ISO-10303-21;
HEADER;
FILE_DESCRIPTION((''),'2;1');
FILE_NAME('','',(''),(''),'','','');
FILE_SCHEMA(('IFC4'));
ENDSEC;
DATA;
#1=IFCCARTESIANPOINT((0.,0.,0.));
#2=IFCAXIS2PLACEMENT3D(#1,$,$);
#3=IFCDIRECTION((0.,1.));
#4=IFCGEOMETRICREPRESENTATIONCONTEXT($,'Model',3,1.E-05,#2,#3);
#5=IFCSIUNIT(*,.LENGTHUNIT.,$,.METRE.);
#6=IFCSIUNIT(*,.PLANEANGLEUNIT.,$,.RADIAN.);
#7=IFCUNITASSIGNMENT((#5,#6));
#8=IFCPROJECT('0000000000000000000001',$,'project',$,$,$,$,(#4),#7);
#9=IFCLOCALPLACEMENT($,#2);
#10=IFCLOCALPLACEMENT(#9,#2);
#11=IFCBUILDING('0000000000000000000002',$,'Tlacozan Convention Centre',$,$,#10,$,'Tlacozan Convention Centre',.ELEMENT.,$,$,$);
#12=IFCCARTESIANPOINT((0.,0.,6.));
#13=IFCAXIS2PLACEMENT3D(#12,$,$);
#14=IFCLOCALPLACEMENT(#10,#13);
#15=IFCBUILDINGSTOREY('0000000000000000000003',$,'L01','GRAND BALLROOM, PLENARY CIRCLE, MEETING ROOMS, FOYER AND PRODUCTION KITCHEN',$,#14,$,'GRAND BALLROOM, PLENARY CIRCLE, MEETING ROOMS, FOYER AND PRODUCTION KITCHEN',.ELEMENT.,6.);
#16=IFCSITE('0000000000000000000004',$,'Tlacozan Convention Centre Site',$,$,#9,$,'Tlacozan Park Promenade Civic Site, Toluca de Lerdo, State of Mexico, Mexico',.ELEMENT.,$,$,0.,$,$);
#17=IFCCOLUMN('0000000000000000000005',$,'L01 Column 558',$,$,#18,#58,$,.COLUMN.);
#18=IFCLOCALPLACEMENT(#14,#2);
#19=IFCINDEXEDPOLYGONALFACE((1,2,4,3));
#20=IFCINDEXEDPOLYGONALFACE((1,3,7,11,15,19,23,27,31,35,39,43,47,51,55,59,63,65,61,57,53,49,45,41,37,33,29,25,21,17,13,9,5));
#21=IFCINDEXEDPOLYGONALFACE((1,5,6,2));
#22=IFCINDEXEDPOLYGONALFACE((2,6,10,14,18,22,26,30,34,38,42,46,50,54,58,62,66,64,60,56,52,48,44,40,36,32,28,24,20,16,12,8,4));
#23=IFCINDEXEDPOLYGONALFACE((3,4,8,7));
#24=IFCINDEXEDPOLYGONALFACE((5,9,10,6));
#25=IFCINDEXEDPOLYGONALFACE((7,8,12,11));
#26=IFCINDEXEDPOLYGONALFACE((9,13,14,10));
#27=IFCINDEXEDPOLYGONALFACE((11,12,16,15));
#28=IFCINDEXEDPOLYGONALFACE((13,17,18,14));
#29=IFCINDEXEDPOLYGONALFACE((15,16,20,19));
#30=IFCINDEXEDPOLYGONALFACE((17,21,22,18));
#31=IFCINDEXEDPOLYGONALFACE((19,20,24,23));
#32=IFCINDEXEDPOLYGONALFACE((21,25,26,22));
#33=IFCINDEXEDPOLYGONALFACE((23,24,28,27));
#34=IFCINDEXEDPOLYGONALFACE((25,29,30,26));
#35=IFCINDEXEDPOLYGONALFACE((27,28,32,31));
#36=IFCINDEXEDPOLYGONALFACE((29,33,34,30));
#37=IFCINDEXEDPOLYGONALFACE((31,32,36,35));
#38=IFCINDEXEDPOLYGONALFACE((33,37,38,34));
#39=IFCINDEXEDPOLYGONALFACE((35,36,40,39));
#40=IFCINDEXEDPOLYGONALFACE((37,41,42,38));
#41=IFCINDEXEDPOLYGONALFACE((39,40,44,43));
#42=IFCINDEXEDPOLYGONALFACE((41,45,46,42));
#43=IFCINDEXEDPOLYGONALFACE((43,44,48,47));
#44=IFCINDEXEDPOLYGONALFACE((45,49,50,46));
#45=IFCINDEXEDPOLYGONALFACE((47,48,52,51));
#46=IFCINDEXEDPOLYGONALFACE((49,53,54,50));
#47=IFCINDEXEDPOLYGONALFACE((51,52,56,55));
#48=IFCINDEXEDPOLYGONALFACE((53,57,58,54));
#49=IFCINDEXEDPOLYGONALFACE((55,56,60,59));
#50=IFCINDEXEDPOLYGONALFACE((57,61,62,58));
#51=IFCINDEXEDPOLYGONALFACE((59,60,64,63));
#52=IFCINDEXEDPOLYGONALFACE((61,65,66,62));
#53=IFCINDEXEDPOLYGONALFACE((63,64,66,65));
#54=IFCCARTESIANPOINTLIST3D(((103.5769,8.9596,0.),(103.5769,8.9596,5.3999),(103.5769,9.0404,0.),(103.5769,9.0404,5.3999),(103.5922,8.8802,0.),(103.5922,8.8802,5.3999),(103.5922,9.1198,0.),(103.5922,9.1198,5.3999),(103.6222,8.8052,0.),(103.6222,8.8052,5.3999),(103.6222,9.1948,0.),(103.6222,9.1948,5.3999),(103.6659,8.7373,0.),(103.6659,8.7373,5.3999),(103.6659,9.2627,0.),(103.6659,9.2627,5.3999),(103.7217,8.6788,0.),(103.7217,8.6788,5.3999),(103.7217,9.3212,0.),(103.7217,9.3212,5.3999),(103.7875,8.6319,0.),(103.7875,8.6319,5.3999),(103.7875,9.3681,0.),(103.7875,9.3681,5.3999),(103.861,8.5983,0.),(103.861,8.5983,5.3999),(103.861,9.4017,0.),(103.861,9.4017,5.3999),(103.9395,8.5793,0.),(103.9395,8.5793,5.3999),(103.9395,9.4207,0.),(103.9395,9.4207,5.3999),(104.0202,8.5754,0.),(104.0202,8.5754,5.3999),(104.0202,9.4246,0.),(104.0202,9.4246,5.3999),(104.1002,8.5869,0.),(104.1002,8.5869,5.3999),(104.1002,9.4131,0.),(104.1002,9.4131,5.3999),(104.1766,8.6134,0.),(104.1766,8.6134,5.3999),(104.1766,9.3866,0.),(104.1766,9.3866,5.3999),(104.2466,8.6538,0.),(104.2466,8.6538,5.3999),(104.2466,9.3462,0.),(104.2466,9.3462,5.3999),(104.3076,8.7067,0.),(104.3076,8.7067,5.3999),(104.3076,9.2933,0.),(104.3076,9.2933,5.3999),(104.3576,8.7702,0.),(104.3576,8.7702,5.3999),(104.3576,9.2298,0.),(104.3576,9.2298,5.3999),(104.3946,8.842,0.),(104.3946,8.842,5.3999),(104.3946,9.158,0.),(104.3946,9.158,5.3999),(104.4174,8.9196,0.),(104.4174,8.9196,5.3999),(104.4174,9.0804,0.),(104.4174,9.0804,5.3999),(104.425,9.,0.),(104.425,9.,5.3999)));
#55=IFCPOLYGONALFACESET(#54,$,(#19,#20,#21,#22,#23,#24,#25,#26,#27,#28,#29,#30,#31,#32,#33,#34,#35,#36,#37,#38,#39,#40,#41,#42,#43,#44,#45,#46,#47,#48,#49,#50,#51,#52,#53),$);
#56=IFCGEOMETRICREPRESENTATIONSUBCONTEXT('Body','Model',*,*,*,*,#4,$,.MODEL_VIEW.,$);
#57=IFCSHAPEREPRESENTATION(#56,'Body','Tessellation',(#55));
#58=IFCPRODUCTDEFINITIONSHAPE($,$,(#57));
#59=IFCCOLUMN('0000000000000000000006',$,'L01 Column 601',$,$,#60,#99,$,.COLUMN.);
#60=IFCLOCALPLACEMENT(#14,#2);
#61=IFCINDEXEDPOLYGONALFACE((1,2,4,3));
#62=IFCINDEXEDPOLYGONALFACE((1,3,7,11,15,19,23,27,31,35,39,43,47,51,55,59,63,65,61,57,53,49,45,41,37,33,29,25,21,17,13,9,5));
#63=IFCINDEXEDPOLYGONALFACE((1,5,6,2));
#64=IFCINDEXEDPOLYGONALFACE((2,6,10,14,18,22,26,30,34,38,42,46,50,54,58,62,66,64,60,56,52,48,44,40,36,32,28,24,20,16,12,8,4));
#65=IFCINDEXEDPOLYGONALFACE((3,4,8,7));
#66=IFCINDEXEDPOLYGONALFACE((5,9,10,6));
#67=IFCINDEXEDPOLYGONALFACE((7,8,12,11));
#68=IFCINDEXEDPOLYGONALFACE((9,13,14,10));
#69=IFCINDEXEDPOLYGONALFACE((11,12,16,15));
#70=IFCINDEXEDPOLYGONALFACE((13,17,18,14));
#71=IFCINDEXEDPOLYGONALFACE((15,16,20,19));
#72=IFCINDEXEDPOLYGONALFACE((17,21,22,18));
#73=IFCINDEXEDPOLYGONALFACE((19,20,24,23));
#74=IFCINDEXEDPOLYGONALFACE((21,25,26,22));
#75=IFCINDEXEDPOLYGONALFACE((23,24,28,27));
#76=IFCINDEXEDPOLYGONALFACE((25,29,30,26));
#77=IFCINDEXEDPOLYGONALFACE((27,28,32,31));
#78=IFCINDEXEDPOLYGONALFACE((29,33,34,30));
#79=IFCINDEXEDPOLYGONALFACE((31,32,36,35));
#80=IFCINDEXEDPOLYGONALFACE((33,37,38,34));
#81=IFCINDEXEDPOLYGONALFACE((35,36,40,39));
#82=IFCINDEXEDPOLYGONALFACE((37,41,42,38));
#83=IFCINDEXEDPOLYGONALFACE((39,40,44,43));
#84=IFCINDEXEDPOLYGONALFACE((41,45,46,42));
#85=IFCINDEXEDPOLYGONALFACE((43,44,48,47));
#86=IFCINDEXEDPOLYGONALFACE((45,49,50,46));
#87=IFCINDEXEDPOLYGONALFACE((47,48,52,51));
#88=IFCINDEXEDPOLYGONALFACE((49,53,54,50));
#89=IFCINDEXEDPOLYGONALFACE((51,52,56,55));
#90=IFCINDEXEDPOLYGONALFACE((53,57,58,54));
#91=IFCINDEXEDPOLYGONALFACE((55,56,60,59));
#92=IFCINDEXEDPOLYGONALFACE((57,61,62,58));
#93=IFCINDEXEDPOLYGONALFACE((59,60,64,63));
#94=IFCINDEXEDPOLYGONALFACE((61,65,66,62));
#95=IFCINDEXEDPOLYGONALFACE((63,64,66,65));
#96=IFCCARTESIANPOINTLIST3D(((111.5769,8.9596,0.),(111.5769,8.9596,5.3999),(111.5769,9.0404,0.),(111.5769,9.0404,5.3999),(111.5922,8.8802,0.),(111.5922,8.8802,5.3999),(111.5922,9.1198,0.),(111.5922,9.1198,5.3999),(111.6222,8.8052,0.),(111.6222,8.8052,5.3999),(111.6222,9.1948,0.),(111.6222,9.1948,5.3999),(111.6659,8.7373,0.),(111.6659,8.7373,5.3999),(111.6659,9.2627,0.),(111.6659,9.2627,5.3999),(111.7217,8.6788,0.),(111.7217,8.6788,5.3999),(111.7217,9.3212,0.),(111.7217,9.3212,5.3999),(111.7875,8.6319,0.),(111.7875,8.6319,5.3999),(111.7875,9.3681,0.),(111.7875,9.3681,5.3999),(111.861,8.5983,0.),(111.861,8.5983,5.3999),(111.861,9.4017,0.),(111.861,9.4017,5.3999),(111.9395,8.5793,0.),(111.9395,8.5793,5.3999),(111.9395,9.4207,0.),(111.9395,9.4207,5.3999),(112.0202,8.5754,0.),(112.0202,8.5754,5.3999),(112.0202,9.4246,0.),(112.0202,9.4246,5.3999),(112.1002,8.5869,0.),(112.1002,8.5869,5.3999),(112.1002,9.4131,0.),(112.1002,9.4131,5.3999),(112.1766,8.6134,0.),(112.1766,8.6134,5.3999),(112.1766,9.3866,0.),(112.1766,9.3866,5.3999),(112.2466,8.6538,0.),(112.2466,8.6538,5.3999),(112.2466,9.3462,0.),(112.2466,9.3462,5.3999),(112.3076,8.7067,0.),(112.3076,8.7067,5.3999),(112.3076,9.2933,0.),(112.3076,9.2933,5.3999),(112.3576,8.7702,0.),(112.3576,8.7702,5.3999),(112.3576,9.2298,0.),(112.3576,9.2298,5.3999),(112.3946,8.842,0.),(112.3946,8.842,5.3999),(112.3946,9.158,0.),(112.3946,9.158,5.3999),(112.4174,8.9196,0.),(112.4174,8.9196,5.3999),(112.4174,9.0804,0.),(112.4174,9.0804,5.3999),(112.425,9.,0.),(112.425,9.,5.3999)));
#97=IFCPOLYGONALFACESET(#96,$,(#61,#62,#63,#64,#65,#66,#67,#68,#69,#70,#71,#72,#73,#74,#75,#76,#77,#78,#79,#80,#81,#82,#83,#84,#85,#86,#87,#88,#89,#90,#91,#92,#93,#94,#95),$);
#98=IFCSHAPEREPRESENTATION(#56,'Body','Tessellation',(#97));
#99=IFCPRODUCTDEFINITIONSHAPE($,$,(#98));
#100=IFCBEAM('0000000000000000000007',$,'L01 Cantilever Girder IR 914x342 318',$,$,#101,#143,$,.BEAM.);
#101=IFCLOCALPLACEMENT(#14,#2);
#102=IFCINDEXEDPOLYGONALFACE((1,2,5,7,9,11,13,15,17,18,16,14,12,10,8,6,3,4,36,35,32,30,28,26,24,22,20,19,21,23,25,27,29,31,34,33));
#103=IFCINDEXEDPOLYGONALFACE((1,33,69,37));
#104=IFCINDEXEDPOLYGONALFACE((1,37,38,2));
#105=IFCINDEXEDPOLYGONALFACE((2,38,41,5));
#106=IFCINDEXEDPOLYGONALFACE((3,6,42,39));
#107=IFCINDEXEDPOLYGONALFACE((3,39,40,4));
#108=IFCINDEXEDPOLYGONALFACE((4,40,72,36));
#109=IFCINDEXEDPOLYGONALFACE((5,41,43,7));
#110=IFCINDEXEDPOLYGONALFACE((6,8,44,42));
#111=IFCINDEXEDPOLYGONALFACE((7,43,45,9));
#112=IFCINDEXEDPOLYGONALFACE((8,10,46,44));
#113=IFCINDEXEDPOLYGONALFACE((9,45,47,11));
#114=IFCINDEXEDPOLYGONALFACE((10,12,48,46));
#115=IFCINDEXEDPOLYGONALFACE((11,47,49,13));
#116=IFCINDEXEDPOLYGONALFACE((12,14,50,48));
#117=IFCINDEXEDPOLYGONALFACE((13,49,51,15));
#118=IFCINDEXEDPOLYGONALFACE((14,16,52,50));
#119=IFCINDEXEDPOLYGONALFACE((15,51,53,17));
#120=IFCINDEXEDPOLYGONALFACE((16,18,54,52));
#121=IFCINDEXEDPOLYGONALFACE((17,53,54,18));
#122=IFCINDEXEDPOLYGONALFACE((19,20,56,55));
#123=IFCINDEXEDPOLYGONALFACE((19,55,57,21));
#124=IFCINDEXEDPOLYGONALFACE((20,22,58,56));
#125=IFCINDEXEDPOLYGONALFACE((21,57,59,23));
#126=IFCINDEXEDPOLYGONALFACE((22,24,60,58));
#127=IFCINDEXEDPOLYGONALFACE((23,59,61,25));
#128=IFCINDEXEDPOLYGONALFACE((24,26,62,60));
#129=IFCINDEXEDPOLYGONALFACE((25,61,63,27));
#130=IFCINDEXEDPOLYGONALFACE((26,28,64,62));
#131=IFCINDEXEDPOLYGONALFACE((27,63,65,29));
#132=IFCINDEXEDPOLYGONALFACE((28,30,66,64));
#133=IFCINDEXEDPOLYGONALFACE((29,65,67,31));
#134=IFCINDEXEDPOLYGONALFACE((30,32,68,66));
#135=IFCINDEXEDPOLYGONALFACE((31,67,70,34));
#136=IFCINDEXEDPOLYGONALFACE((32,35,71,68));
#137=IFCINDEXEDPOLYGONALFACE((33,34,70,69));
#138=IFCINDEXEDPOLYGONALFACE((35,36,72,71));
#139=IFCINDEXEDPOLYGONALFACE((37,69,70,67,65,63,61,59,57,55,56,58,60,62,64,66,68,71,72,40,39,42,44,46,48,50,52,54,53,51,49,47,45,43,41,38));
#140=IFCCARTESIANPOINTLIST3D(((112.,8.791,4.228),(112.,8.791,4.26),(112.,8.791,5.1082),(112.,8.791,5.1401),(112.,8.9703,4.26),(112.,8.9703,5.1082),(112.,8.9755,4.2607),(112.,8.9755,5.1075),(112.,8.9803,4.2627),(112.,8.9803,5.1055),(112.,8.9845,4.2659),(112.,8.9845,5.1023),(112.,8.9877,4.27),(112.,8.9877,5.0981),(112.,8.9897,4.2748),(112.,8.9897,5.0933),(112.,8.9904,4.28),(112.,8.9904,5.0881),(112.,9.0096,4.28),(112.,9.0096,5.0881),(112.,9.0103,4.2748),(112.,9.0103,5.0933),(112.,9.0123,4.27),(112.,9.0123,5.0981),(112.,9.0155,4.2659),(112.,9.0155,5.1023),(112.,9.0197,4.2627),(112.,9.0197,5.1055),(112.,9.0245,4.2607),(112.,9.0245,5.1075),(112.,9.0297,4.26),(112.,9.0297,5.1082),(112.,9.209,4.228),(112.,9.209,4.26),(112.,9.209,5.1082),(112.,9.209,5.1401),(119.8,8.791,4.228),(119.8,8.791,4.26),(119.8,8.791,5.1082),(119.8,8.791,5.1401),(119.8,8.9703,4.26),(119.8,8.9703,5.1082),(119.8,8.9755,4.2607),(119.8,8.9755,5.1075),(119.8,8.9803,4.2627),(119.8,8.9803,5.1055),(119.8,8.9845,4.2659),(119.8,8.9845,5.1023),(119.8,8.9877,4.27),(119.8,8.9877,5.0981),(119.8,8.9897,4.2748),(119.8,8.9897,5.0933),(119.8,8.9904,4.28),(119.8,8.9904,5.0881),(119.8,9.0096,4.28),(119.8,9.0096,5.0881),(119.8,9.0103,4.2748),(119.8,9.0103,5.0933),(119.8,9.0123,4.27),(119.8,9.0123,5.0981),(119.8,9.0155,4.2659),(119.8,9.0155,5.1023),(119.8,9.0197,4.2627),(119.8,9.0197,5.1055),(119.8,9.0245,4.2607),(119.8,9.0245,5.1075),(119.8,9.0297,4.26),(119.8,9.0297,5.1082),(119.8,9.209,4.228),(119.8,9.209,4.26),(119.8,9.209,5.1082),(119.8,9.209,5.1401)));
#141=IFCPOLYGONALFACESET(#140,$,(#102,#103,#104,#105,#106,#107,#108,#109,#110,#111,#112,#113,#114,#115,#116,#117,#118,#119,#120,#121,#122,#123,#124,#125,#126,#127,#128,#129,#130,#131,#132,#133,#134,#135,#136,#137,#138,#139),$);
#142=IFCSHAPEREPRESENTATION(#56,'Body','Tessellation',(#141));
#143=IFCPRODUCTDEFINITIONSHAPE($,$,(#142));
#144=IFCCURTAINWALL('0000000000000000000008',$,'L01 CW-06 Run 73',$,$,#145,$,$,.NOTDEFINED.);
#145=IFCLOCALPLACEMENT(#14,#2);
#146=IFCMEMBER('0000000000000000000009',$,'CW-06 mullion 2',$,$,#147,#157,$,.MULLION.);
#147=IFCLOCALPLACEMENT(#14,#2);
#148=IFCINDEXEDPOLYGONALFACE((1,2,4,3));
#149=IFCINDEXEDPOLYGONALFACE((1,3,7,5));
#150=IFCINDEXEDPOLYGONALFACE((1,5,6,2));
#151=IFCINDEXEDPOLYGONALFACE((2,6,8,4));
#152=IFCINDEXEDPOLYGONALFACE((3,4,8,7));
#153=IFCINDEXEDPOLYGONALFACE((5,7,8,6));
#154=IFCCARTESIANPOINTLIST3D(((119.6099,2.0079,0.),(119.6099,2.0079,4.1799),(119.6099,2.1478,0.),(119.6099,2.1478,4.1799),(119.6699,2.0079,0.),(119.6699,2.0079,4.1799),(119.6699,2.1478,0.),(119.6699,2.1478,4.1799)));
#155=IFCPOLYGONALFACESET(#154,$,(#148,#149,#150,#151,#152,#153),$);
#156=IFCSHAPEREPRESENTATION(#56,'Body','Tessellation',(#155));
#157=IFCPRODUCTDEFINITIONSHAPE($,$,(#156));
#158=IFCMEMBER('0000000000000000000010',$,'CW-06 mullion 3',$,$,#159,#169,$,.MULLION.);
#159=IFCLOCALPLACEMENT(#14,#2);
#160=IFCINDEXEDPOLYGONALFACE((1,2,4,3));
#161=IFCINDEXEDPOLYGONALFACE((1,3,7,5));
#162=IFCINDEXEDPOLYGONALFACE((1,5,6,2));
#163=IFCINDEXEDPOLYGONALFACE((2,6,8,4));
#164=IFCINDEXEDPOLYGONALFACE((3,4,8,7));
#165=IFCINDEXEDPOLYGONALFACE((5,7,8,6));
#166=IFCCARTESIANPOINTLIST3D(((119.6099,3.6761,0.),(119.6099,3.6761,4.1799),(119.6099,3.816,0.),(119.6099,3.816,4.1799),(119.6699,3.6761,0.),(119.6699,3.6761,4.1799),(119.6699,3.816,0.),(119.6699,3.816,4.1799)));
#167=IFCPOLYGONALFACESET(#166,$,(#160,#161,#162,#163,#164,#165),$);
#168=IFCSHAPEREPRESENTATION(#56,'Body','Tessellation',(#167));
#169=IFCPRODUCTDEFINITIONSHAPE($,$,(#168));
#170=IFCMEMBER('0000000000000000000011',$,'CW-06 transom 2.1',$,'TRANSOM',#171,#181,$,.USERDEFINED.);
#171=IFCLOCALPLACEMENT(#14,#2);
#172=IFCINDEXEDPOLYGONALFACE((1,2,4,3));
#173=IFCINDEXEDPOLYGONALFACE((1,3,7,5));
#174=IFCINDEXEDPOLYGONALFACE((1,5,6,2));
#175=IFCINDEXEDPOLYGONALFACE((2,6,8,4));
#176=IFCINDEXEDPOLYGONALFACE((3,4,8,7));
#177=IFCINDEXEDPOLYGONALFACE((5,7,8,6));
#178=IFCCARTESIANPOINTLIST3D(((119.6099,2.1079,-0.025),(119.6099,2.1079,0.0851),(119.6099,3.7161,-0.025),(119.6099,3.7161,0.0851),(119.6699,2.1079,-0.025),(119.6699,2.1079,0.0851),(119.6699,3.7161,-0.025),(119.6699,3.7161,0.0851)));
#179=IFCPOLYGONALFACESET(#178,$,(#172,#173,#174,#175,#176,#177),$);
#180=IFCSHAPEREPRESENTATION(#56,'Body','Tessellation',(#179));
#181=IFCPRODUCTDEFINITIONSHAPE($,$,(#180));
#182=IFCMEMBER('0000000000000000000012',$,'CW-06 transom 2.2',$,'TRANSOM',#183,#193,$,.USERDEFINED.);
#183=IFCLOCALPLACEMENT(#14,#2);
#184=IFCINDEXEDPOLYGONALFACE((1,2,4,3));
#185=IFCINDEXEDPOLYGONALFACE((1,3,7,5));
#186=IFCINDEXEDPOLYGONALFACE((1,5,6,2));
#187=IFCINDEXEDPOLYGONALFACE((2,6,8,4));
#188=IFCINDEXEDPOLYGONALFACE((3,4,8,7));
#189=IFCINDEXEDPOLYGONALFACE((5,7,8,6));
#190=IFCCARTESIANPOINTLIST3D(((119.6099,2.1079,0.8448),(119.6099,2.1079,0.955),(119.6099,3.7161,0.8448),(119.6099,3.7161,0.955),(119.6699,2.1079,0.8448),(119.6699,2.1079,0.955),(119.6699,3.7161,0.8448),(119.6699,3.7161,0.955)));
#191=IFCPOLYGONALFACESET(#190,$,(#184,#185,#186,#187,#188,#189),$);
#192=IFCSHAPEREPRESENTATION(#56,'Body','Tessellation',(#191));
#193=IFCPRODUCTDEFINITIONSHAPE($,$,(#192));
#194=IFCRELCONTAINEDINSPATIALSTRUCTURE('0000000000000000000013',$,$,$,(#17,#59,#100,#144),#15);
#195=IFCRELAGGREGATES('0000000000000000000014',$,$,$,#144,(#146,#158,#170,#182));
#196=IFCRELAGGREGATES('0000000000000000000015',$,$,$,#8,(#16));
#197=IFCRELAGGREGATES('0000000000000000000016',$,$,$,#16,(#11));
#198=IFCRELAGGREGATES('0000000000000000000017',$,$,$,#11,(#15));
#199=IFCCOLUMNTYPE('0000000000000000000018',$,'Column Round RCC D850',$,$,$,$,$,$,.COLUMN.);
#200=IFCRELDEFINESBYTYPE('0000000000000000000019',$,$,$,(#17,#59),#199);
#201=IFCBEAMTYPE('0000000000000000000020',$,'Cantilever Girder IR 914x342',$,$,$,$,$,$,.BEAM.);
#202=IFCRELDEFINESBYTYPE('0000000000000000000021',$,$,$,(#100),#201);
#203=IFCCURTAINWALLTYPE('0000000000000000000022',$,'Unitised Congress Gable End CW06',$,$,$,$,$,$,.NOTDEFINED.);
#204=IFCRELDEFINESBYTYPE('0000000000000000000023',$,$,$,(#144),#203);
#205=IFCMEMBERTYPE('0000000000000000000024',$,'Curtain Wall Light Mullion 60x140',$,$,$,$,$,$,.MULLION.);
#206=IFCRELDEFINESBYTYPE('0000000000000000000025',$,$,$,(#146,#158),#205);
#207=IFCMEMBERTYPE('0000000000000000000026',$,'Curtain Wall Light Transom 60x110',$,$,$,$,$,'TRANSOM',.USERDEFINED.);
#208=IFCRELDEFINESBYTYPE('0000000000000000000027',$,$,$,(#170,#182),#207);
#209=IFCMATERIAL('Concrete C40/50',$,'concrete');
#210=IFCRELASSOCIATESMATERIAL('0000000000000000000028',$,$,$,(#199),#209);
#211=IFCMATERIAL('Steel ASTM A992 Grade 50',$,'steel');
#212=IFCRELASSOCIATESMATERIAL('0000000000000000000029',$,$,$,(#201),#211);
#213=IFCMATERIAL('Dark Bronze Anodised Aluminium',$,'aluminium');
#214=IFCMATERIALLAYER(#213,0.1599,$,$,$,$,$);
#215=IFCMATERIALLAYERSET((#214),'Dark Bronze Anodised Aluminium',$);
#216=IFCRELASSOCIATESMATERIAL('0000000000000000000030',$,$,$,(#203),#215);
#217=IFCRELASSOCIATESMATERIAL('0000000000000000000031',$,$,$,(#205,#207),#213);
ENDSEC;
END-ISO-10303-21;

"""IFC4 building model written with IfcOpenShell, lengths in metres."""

from ifc_helpers import new_model, si_unit, direction, frame, origin, origin_2d, place, context, subcontext, project, spatial, rectangle, circle, i_section, extrude, material, layer, layer_set, material_profile, profile_set, type_object, element, aggregate, save


model = new_model("IFC4")

# Units and contexts
model_context = context("Model", 3, precision=1e-05, world=origin(), true_north=direction((0.0, 1.0)))
body_context = subcontext(model_context, "Body", "Model", "MODEL_VIEW")
ifc_project = project(units=[si_unit("LENGTHUNIT", "METRE"), si_unit("PLANEANGLEUNIT", "RADIAN")], contexts=[model_context])

# Site, building, storey
site_placement = place(None, origin())
site = spatial("IfcSite", under=ifc_project, at=site_placement, Name="Tlacozan Convention Centre Site", LongName="Tlacozan Park Promenade Civic Site, Toluca de Lerdo, State of Mexico, Mexico", CompositionType="ELEMENT", RefElevation=0.0)
building_placement = place(site_placement, origin())
building = spatial("IfcBuilding", under=site, at=building_placement, Name="Tlacozan Convention Centre", LongName="Tlacozan Convention Centre", CompositionType="ELEMENT")
storey_placement = place(building_placement, frame((0.0, 0.0, 6.0)))
storey = spatial("IfcBuildingStorey", under=building, at=storey_placement, Name="L01", Description="GRAND BALLROOM, PLENARY CIRCLE, MEETING ROOMS, FOYER AND PRODUCTION KITCHEN", LongName="GRAND BALLROOM, PLENARY CIRCLE, MEETING ROOMS, FOYER AND PRODUCTION KITCHEN", CompositionType="ELEMENT", Elevation=6.0)

# Columns
ifc_material_1 = material(Name="Concrete C40/50", Category="concrete")
ifc_material_profile_1 = material_profile(ifc_material_1, circle(Radius=0.425, at=origin_2d()), Name="RCC D850")
ifc_profile_set_1 = profile_set([ifc_material_profile_1], Name="Concrete C40/50")
column_type = type_object("IfcColumnType", Name="Column Round RCC D850", PredefinedType="COLUMN", material=ifc_profile_set_1)
for number, where, z_axis, x_axis, name in (
    (1, (104.0, 9.0, 0.0), (0.0, 0.0, 1.0), (1.0, 0.0, 0.0), "L01 Column 558"),
    (2, (112.0, 9.0, 0.0), (0.0, 0.0, 1.0), (1.0, 0.0, 0.0), "L01 Column 601"),
):
    element("IfcColumn", number, at=place(storey_placement, frame(where, z_axis=z_axis, x_axis=x_axis)), inside=storey, type_object=column_type, Name=name, PredefinedType="COLUMN", context=body_context, shape_type="SweptSolid", body=[
        extrude(circle(Radius=0.425, at=origin_2d()), origin(), (0.0, 0.0, 1.0), 5.3999),
    ])

# Beam
ifc_material_2 = material(Name="Steel ASTM A992 Grade 50", Category="steel")
ifc_material_profile_2 = material_profile(ifc_material_2, i_section(OverallWidth=0.418, OverallDepth=0.9121, WebThickness=0.0193, FlangeThickness=0.032, FilletRadius=0.02, at=origin_2d()), Name="IR 914x342.0")
ifc_profile_set_2 = profile_set([ifc_material_profile_2], Name="Steel ASTM A992 Grade 50")
beam_type_1 = type_object("IfcBeamType", Name="Cantilever Girder IR 914x342", PredefinedType="BEAM", material=ifc_profile_set_2)
beam_1_placement = place(storey_placement, frame((112.0, 9.0, 4.6841), z_axis=(1.0, 0.0, 0.0), x_axis=(0.0, 1.0, 0.0)))
element("IfcBeam", 3, at=beam_1_placement, inside=storey, type_object=beam_type_1, Name="L01 Cantilever Girder IR 914x342 318", PredefinedType="BEAM", context=body_context, shape_type="SweptSolid", body=[
    extrude(i_section(OverallWidth=0.418, OverallDepth=0.9121, WebThickness=0.0193, FlangeThickness=0.032, FilletRadius=0.02, at=origin_2d()), origin(), (0.0, 0.0, 1.0), 7.8),
])

# Curtain wall, members
ifc_material_3 = material(Name="Dark Bronze Anodised Aluminium", Category="aluminium")
ifc_layer_1 = layer(ifc_material_3, 0.1599)
ifc_layer_set_1 = layer_set([ifc_layer_1], Name="Dark Bronze Anodised Aluminium")
curtain_wall_type = type_object("IfcCurtainWallType", Name="Unitised Congress Gable End CW06", PredefinedType="NOTDEFINED", material=ifc_layer_set_1)
curtain_wall_placement = place(storey_placement, origin())
curtain_wall = element("IfcCurtainWall", 4, at=curtain_wall_placement, inside=storey, type_object=curtain_wall_type, Name="L01 CW-06 Run 73", PredefinedType="NOTDEFINED")
ifc_material_profile_3 = material_profile(ifc_material_3, rectangle(XDim=0.0601, YDim=0.1399, at=origin_2d()), Name="ALU 60x140")
ifc_profile_set_3 = profile_set([ifc_material_profile_3], Name="Dark Bronze Anodised Aluminium")
member_type_1 = type_object("IfcMemberType", Name="Curtain Wall Light Mullion 60x140", PredefinedType="MULLION", material=ifc_profile_set_3)
member_1_placement = place(storey_placement, frame((119.6399, 2.0779, 0.0), z_axis=(0.0, 0.0, 1.0), x_axis=(-1.0, 0.0, 0.0)))
member_1 = element("IfcMember", 5, at=member_1_placement, type_object=member_type_1, Name="CW-06 mullion 2", PredefinedType="MULLION", context=body_context, shape_type="SweptSolid", body=[
    extrude(rectangle(XDim=0.0601, YDim=0.1399, at=origin_2d()), origin(), (0.0, 0.0, 1.0), 4.1799),
])
member_2_placement = place(storey_placement, frame((119.6399, 3.7461, 0.0), z_axis=(0.0, 0.0, 1.0), x_axis=(-1.0, 0.0, 0.0)))
member_2 = element("IfcMember", 6, at=member_2_placement, type_object=member_type_1, Name="CW-06 mullion 3", PredefinedType="MULLION", context=body_context, shape_type="SweptSolid", body=[
    extrude(rectangle(XDim=0.0601, YDim=0.1399, at=origin_2d()), origin(), (0.0, 0.0, 1.0), 4.1799),
])
ifc_material_profile_4 = material_profile(ifc_material_3, rectangle(XDim=0.0601, YDim=0.1101, at=origin_2d()), Name="ALU 60x110")
ifc_profile_set_4 = profile_set([ifc_material_profile_4], Name="Dark Bronze Anodised Aluminium")
member_type_2 = type_object("IfcMemberType", Name="Curtain Wall Light Transom 60x110", ElementType="TRANSOM", PredefinedType="USERDEFINED", material=ifc_profile_set_4)
member_3_placement = place(storey_placement, frame((119.6399, 2.1079, 0.03), z_axis=(0.0, 1.0, 0.0), x_axis=(-1.0, 0.0, 0.0)))
member_3 = element("IfcMember", 7, at=member_3_placement, type_object=member_type_2, Name="CW-06 transom 2.1", ObjectType="TRANSOM", PredefinedType="USERDEFINED", context=body_context, shape_type="SweptSolid", body=[
    extrude(rectangle(XDim=0.0601, YDim=0.1101, at=origin_2d()), origin(), (0.0, 0.0, 1.0), 1.6082),
])
member_4_placement = place(storey_placement, frame((119.6399, 2.1079, 0.8999), z_axis=(0.0, 1.0, 0.0), x_axis=(-1.0, 0.0, 0.0)))
member_4 = element("IfcMember", 8, at=member_4_placement, type_object=member_type_2, Name="CW-06 transom 2.2", ObjectType="TRANSOM", PredefinedType="USERDEFINED", context=body_context, shape_type="SweptSolid", body=[
    extrude(rectangle(XDim=0.0601, YDim=0.1101, at=origin_2d()), origin(), (0.0, 0.0, 1.0), 1.6082),
])

aggregate(curtain_wall, [member_1, member_2, member_3, member_4])

save(model, "model.ifc")
